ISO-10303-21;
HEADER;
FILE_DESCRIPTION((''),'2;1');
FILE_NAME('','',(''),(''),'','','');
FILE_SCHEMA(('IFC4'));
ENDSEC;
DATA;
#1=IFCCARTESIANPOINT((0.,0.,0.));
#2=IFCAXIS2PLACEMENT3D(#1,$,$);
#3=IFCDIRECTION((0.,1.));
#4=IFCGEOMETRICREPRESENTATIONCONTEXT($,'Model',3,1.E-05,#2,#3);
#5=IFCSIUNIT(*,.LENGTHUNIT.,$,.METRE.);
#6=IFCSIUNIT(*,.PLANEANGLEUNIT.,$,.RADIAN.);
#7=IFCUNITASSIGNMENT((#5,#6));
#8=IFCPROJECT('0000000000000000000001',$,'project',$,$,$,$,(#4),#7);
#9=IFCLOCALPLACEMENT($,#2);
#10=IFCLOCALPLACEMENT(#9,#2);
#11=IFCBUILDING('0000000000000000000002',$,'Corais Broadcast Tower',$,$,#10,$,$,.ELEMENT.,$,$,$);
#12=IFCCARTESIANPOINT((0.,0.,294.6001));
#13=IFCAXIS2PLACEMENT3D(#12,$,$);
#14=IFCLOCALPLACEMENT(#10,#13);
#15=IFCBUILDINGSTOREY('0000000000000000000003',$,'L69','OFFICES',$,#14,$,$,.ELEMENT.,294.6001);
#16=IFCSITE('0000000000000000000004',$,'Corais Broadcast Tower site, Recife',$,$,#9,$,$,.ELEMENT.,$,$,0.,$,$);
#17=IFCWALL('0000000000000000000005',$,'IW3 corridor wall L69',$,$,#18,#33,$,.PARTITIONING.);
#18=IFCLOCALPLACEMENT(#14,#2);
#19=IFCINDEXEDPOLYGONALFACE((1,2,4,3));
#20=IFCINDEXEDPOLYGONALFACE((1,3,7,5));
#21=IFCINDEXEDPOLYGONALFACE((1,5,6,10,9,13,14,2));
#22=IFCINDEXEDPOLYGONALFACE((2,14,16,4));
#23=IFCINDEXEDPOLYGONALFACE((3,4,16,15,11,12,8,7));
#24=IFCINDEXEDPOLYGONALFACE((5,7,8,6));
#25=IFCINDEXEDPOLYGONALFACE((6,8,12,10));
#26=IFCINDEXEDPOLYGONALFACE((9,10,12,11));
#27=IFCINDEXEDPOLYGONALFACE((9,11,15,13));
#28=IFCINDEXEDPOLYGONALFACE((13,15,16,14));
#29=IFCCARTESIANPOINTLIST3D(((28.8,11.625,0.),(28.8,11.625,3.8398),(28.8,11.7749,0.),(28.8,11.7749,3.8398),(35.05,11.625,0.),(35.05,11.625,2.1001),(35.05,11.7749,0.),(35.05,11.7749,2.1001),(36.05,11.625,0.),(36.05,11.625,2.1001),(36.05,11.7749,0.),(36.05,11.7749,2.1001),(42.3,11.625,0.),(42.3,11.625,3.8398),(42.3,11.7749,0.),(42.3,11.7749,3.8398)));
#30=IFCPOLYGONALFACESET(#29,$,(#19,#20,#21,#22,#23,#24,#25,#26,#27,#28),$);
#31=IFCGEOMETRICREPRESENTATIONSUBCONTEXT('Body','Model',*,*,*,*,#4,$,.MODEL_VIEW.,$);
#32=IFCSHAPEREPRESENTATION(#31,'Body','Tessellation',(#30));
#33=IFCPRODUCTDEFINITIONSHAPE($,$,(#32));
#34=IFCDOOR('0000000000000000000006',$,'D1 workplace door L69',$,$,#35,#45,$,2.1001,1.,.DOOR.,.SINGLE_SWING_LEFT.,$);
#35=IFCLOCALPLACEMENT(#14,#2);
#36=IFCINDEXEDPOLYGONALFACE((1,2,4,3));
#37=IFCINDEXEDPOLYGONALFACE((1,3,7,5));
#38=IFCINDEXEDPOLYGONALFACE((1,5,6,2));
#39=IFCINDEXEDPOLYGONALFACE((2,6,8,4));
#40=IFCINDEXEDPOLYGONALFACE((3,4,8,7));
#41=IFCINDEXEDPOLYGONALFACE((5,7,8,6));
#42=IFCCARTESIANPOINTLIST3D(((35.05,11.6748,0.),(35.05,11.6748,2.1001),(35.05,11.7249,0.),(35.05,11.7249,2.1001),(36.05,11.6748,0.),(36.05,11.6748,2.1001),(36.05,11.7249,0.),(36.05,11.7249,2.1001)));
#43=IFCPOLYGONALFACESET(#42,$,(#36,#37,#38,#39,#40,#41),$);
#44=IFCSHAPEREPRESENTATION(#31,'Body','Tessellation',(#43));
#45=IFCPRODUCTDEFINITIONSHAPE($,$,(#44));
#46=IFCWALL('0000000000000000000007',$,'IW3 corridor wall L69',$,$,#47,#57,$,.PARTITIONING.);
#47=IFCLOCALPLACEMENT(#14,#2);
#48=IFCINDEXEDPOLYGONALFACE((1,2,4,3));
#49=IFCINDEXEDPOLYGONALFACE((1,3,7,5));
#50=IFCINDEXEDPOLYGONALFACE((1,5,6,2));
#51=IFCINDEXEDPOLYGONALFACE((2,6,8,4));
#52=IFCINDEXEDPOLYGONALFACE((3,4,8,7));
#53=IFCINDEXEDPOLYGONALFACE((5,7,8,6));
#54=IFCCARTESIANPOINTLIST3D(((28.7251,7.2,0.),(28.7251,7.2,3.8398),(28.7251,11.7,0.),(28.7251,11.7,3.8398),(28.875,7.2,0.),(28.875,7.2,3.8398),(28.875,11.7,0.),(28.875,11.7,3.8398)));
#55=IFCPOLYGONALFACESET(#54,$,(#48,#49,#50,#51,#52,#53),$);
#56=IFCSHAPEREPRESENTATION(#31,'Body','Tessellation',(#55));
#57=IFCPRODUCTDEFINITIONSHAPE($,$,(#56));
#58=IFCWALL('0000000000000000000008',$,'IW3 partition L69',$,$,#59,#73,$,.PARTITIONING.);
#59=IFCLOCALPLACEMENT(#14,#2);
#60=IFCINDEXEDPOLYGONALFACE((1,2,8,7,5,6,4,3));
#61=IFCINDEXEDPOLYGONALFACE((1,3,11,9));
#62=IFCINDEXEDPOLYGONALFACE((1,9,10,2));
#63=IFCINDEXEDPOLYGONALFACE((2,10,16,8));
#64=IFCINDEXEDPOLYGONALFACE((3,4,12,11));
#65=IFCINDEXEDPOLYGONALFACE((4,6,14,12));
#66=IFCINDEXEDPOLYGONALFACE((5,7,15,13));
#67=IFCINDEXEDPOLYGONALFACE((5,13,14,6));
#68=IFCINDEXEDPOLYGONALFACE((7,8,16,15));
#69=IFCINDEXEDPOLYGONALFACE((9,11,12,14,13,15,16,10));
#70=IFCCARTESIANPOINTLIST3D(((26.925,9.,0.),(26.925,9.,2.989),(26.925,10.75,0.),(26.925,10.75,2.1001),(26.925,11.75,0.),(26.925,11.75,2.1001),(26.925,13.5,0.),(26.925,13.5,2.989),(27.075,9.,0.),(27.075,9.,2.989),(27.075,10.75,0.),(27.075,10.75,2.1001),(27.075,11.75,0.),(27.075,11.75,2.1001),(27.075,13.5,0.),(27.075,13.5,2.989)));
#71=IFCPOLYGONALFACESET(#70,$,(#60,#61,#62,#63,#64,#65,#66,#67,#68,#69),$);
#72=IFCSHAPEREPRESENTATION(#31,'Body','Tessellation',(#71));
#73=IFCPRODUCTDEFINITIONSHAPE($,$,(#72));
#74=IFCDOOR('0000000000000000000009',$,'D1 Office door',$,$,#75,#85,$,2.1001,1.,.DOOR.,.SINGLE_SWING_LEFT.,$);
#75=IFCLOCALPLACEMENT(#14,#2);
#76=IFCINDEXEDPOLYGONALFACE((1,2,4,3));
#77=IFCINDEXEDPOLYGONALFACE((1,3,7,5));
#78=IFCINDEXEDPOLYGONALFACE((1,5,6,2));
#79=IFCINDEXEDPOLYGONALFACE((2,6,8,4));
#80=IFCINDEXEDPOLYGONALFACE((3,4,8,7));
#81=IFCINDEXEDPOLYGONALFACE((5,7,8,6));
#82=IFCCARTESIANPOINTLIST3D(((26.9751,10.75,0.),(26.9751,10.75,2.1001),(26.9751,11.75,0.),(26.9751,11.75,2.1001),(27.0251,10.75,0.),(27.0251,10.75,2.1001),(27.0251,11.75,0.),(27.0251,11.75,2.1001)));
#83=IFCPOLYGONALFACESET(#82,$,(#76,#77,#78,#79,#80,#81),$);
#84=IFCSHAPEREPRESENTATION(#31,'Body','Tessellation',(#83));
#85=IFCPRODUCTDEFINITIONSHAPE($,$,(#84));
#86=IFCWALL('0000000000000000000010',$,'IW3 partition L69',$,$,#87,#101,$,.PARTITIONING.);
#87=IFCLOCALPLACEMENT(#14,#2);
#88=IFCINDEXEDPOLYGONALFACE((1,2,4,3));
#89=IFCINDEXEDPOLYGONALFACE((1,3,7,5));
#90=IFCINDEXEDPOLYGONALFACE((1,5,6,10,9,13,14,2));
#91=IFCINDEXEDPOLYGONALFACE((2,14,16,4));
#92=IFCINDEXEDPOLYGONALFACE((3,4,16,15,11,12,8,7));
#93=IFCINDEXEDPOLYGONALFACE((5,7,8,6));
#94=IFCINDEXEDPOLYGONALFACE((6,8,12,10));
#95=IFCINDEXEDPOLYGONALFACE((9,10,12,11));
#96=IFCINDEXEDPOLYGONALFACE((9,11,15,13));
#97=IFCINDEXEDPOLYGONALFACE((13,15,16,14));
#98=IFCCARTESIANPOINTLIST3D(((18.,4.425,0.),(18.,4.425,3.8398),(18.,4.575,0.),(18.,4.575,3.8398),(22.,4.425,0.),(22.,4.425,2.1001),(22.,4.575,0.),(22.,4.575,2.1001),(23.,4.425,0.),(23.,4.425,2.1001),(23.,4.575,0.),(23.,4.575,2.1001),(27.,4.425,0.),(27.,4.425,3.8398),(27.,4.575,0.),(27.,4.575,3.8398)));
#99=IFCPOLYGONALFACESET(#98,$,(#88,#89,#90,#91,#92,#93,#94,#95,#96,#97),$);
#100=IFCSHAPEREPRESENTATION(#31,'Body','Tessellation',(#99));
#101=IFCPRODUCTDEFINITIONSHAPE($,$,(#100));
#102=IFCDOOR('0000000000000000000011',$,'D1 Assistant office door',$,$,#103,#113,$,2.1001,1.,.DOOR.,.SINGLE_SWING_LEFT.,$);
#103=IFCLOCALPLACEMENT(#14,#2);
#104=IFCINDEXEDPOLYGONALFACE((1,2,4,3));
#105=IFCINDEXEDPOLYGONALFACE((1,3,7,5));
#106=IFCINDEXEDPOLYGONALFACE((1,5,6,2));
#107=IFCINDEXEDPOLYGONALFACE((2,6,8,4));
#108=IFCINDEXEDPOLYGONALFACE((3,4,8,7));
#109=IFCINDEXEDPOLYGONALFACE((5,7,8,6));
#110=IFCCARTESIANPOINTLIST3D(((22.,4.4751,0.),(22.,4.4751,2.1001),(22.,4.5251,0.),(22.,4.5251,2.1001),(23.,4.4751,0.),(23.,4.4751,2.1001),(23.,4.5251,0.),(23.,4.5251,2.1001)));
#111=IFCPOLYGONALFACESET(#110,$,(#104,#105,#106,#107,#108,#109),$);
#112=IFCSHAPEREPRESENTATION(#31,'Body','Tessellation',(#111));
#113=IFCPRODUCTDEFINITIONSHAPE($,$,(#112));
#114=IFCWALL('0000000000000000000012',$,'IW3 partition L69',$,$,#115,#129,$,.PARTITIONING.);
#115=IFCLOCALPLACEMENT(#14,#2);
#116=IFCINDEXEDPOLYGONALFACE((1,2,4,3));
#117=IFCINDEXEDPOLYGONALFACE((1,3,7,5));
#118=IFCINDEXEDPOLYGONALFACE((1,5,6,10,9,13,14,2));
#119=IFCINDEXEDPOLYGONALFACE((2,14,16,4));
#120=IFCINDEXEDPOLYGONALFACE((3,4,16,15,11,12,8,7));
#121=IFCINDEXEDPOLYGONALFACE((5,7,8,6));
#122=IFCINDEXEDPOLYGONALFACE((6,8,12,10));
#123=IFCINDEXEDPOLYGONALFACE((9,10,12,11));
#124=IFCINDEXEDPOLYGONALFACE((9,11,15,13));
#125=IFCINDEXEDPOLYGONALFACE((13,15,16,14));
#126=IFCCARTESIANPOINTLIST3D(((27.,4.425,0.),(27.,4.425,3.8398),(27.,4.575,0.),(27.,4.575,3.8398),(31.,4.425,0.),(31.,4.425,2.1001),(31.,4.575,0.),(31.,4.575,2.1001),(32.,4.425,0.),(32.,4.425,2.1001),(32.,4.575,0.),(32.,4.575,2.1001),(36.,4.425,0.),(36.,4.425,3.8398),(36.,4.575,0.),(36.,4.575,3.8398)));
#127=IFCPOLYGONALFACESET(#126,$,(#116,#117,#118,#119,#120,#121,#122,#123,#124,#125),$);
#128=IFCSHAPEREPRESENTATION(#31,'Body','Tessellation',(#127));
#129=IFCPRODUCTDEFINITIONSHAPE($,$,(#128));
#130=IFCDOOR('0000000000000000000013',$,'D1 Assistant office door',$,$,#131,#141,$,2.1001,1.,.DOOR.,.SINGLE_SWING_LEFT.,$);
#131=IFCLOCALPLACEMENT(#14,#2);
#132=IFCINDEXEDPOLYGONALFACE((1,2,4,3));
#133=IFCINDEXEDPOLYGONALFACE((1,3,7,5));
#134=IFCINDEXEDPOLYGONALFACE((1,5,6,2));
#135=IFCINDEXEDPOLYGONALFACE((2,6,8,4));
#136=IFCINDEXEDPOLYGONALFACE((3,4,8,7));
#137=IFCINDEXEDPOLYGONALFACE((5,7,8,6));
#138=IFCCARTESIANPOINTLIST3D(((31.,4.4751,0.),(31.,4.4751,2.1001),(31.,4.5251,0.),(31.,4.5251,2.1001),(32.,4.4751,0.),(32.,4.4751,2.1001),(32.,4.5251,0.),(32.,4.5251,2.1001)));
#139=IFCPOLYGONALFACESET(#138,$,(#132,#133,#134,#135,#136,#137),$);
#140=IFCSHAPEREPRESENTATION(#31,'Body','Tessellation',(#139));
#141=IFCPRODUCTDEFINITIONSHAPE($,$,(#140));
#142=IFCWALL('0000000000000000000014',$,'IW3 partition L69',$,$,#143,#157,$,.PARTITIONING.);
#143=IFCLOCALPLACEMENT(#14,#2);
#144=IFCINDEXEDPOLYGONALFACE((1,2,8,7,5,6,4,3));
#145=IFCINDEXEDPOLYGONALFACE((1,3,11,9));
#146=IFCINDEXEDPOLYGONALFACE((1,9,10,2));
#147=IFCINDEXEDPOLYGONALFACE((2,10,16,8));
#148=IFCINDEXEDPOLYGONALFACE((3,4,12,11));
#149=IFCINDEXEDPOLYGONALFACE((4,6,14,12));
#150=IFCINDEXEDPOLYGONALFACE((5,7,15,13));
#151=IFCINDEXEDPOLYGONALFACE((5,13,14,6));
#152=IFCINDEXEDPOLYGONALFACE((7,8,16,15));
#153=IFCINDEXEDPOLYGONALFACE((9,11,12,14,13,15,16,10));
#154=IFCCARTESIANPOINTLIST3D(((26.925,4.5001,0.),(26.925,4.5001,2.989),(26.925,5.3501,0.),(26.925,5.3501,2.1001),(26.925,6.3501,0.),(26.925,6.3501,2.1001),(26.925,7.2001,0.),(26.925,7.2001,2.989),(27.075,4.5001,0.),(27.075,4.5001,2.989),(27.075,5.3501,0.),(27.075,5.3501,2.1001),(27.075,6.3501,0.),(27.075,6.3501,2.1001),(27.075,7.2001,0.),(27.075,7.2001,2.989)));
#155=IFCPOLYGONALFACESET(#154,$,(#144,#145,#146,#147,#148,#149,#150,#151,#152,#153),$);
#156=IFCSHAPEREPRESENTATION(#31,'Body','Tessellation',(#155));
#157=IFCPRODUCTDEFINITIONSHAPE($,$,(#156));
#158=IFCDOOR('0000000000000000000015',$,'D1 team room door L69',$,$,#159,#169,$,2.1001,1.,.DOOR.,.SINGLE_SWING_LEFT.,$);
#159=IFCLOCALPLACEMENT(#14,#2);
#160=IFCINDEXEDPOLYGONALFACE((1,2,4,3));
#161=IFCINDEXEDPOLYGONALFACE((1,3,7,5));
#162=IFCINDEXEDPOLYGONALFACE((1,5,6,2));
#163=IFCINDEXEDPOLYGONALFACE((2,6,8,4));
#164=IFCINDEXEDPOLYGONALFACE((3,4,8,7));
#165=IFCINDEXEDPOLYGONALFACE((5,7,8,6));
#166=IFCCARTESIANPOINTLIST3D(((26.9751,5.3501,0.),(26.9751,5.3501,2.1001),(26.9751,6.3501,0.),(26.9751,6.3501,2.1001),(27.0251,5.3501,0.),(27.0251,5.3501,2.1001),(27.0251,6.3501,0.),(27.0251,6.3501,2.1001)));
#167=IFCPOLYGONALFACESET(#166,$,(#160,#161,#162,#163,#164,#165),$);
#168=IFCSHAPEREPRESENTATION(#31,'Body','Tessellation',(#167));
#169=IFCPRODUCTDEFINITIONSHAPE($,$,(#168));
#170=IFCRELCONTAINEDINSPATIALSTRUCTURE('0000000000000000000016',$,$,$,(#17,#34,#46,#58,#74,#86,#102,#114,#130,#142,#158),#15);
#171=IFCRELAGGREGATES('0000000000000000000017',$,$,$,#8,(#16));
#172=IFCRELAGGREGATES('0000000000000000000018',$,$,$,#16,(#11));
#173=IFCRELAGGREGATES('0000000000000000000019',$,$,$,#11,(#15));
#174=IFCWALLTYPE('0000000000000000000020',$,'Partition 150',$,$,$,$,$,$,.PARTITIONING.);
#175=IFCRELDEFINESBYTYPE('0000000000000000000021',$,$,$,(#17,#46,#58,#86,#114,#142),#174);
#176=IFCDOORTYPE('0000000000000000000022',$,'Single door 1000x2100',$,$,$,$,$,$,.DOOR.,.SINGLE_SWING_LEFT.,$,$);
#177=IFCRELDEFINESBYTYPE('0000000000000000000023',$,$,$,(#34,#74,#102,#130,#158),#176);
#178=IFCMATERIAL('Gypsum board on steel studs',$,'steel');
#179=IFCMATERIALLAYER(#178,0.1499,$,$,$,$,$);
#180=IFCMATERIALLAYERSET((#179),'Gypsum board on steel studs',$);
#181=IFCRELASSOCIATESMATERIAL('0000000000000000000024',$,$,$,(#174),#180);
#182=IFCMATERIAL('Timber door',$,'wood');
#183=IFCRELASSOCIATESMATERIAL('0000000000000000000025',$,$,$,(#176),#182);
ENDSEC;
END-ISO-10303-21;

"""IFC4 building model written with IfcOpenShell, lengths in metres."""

from ifc_helpers import new_model, si_unit, direction, frame, frame_2d, origin, place, context, subcontext, project, spatial, rectangle, extrude, material, layer, layer_set, type_object, element, fill, save


model = new_model("IFC4")

# Units and contexts
model_context = context("Model", 3, precision=1e-05, world=origin(), true_north=direction((0.0, 1.0)))
body_context = subcontext(model_context, "Body", "Model", "MODEL_VIEW")
ifc_project = project(units=[si_unit("LENGTHUNIT", "METRE"), si_unit("PLANEANGLEUNIT", "RADIAN")], contexts=[model_context])

# Site, building, storey
site_placement = place(None, origin())
site = spatial("IfcSite", under=ifc_project, at=site_placement, Name="Corais Broadcast Tower site, Recife", CompositionType="ELEMENT", RefElevation=0.0)
building_placement = place(site_placement, origin())
building = spatial("IfcBuilding", under=site, at=building_placement, Name="Corais Broadcast Tower", CompositionType="ELEMENT")
storey_placement = place(building_placement, frame((0.0, 0.0, 294.6001)))
storey = spatial("IfcBuildingStorey", under=building, at=storey_placement, Name="L69", Description="OFFICES", CompositionType="ELEMENT", Elevation=294.6001)

# Wall, opening, door
ifc_material_1 = material(Name="Gypsum board on steel studs", Category="steel")
ifc_layer_1 = layer(ifc_material_1, 0.1499)
ifc_layer_set_1 = layer_set([ifc_layer_1], Name="Gypsum board on steel studs")
wall_type_1 = type_object("IfcWallType", Name="Partition 150", PredefinedType="PARTITIONING", material=ifc_layer_set_1)
wall_1_placement = place(storey_placement, frame((28.8, 11.7, 0.0), z_axis=(0.0, 0.0, 1.0), x_axis=(1.0, 0.0, 0.0)))
wall_1 = element("IfcWall", 1, at=wall_1_placement, inside=storey, type_object=wall_type_1, Name="IW3 corridor wall L69", PredefinedType="PARTITIONING", context=body_context, shape_type="SweptSolid", body=[
    extrude(rectangle(XDim=13.5, YDim=0.1499, at=frame_2d((6.75, 0.0))), origin(), (0.0, 0.0, 1.0), 3.8398),
])
opening_1_placement = place(wall_1_placement, frame((6.25, 0.0, 0.0)))
opening_1 = element("IfcOpeningElement", 2, at=opening_1_placement, cuts=wall_1, PredefinedType="OPENING", context=body_context, shape_type="SweptSolid", body=[
    extrude(rectangle(XDim=1.0, YDim=2.1001, at=frame_2d((0.5, 1.05))), frame((0.0, 0.085, 0.0), z_axis=(0.0, -1.0, 0.0), x_axis=(1.0, 0.0, 0.0)), (0.0, 0.0, 1.0), 0.1699),
])
ifc_material_2 = material(Name="Timber door", Category="wood")
door_type = type_object("IfcDoorType", Name="Single door 1000x2100", OperationType="SINGLE_SWING_LEFT", PredefinedType="DOOR", material=ifc_material_2)
door_1_placement = place(opening_1_placement, origin())
door_1 = element("IfcDoor", 3, at=door_1_placement, inside=storey, type_object=door_type, Name="D1 workplace door L69", OperationType="SINGLE_SWING_LEFT", OverallHeight=2.1001, OverallWidth=1.0, PredefinedType="DOOR", context=body_context, shape_type="SweptSolid", body=[
    extrude(rectangle(XDim=1.0, YDim=2.1001, at=frame_2d((0.5, 1.05))), frame((0.0, 0.0249, 0.0), z_axis=(0.0, -1.0, 0.0), x_axis=(1.0, 0.0, 0.0)), (0.0, 0.0, 1.0), 0.05),
])
fill(opening_1, door_1)

# Wall
wall_2_placement = place(storey_placement, frame((28.8, 7.2, 0.0), z_axis=(0.0, 0.0, 1.0), x_axis=(0.0, 1.0, 0.0)))
element("IfcWall", 4, at=wall_2_placement, inside=storey, type_object=wall_type_1, Name="IW3 corridor wall L69", PredefinedType="PARTITIONING", context=body_context, shape_type="SweptSolid", body=[
    extrude(rectangle(XDim=4.5, YDim=0.1499, at=frame_2d((2.25, 0.0))), origin(), (0.0, 0.0, 1.0), 3.8398),
])

# Walls, openings, doors
wall_3_placement = place(storey_placement, frame((27.0, 9.0, 0.0), z_axis=(0.0, 0.0, 1.0), x_axis=(0.0, 1.0, 0.0)))
wall_3 = element("IfcWall", 5, at=wall_3_placement, inside=storey, type_object=wall_type_1, Name="IW3 partition L69", PredefinedType="PARTITIONING", context=body_context, shape_type="SweptSolid", body=[
    extrude(rectangle(XDim=4.5, YDim=0.1499, at=frame_2d((2.25, 0.0))), origin(), (0.0, 0.0, 1.0), 2.989),
])
opening_2_placement = place(wall_3_placement, frame((1.75, 0.0, 0.0)))
opening_2 = element("IfcOpeningElement", 6, at=opening_2_placement, cuts=wall_3, PredefinedType="OPENING", context=body_context, shape_type="SweptSolid", body=[
    extrude(rectangle(XDim=1.0, YDim=2.1001, at=frame_2d((0.5, 1.05))), frame((0.0, 0.085, 0.0), z_axis=(0.0, -1.0, 0.0), x_axis=(1.0, 0.0, 0.0)), (0.0, 0.0, 1.0), 0.1699),
])
door_2_placement = place(opening_2_placement, origin())
door_2 = element("IfcDoor", 7, at=door_2_placement, inside=storey, type_object=door_type, Name="D1 Office door", OperationType="SINGLE_SWING_LEFT", OverallHeight=2.1001, OverallWidth=1.0, PredefinedType="DOOR", context=body_context, shape_type="SweptSolid", body=[
    extrude(rectangle(XDim=1.0, YDim=2.1001, at=frame_2d((0.5, 1.05))), frame((0.0, 0.0249, 0.0), z_axis=(0.0, -1.0, 0.0), x_axis=(1.0, 0.0, 0.0)), (0.0, 0.0, 1.0), 0.05),
])
fill(opening_2, door_2)
wall_4_placement = place(storey_placement, frame((27.0, 4.5, 0.0), z_axis=(0.0, 0.0, 1.0), x_axis=(-1.0, 0.0, 0.0)))
wall_4 = element("IfcWall", 8, at=wall_4_placement, inside=storey, type_object=wall_type_1, Name="IW3 partition L69", PredefinedType="PARTITIONING", context=body_context, shape_type="SweptSolid", body=[
    extrude(rectangle(XDim=9.0, YDim=0.1499, at=frame_2d((4.5, 0.0))), origin(), (0.0, 0.0, 1.0), 3.8398),
])
opening_3_placement = place(wall_4_placement, frame((4.0, 0.0, 0.0)))
opening_3 = element("IfcOpeningElement", 9, at=opening_3_placement, cuts=wall_4, PredefinedType="OPENING", context=body_context, shape_type="SweptSolid", body=[
    extrude(rectangle(XDim=1.0, YDim=2.1001, at=frame_2d((0.5, 1.05))), frame((0.0, 0.085, 0.0), z_axis=(0.0, -1.0, 0.0), x_axis=(1.0, 0.0, 0.0)), (0.0, 0.0, 1.0), 0.1699),
])
door_3_placement = place(opening_3_placement, origin())
door_3 = element("IfcDoor", 10, at=door_3_placement, inside=storey, type_object=door_type, Name="D1 Assistant office door", OperationType="SINGLE_SWING_LEFT", OverallHeight=2.1001, OverallWidth=1.0, PredefinedType="DOOR", context=body_context, shape_type="SweptSolid", body=[
    extrude(rectangle(XDim=1.0, YDim=2.1001, at=frame_2d((0.5, 1.05))), frame((0.0, 0.0249, 0.0), z_axis=(0.0, -1.0, 0.0), x_axis=(1.0, 0.0, 0.0)), (0.0, 0.0, 1.0), 0.05),
])
fill(opening_3, door_3)
wall_5_placement = place(storey_placement, frame((36.0, 4.5, 0.0), z_axis=(0.0, 0.0, 1.0), x_axis=(-1.0, 0.0, 0.0)))
wall_5 = element("IfcWall", 11, at=wall_5_placement, inside=storey, type_object=wall_type_1, Name="IW3 partition L69", PredefinedType="PARTITIONING", context=body_context, shape_type="SweptSolid", body=[
    extrude(rectangle(XDim=9.0, YDim=0.1499, at=frame_2d((4.5, 0.0))), origin(), (0.0, 0.0, 1.0), 3.8398),
])
opening_4_placement = place(wall_5_placement, frame((4.0, 0.0, 0.0)))
opening_4 = element("IfcOpeningElement", 12, at=opening_4_placement, cuts=wall_5, PredefinedType="OPENING", context=body_context, shape_type="SweptSolid", body=[
    extrude(rectangle(XDim=1.0, YDim=2.1001, at=frame_2d((0.5, 1.05))), frame((0.0, 0.085, 0.0), z_axis=(0.0, -1.0, 0.0), x_axis=(1.0, 0.0, 0.0)), (0.0, 0.0, 1.0), 0.1699),
])
door_4_placement = place(opening_4_placement, origin())
door_4 = element("IfcDoor", 13, at=door_4_placement, inside=storey, type_object=door_type, Name="D1 Assistant office door", OperationType="SINGLE_SWING_LEFT", OverallHeight=2.1001, OverallWidth=1.0, PredefinedType="DOOR", context=body_context, shape_type="SweptSolid", body=[
    extrude(rectangle(XDim=1.0, YDim=2.1001, at=frame_2d((0.5, 1.05))), frame((0.0, 0.0249, 0.0), z_axis=(0.0, -1.0, 0.0), x_axis=(1.0, 0.0, 0.0)), (0.0, 0.0, 1.0), 0.05),
])
fill(opening_4, door_4)
wall_6_placement = place(storey_placement, frame((27.0, 4.5, 0.0), z_axis=(0.0, 0.0, 1.0), x_axis=(0.0, 1.0, 0.0)))
wall_6 = element("IfcWall", 14, at=wall_6_placement, inside=storey, type_object=wall_type_1, Name="IW3 partition L69", PredefinedType="PARTITIONING", context=body_context, shape_type="SweptSolid", body=[
    extrude(rectangle(XDim=2.7, YDim=0.1499, at=frame_2d((1.3501, 0.0))), origin(), (0.0, 0.0, 1.0), 2.989),
])
opening_5_placement = place(wall_6_placement, frame((0.8501, 0.0, 0.0)))
opening_5 = element("IfcOpeningElement", 15, at=opening_5_placement, cuts=wall_6, PredefinedType="OPENING", context=body_context, shape_type="SweptSolid", body=[
    extrude(rectangle(XDim=1.0, YDim=2.1001, at=frame_2d((0.5, 1.05))), frame((0.0, 0.085, 0.0), z_axis=(0.0, -1.0, 0.0), x_axis=(1.0, 0.0, 0.0)), (0.0, 0.0, 1.0), 0.1699),
])
door_5_placement = place(opening_5_placement, origin())
door_5 = element("IfcDoor", 16, at=door_5_placement, inside=storey, type_object=door_type, Name="D1 team room door L69", OperationType="SINGLE_SWING_LEFT", OverallHeight=2.1001, OverallWidth=1.0, PredefinedType="DOOR", context=body_context, shape_type="SweptSolid", body=[
    extrude(rectangle(XDim=1.0, YDim=2.1001, at=frame_2d((0.5, 1.05))), frame((0.0, 0.0249, 0.0), z_axis=(0.0, -1.0, 0.0), x_axis=(1.0, 0.0, 0.0)), (0.0, 0.0, 1.0), 0.05),
])
fill(opening_5, door_5)

save(model, "model.ifc")
